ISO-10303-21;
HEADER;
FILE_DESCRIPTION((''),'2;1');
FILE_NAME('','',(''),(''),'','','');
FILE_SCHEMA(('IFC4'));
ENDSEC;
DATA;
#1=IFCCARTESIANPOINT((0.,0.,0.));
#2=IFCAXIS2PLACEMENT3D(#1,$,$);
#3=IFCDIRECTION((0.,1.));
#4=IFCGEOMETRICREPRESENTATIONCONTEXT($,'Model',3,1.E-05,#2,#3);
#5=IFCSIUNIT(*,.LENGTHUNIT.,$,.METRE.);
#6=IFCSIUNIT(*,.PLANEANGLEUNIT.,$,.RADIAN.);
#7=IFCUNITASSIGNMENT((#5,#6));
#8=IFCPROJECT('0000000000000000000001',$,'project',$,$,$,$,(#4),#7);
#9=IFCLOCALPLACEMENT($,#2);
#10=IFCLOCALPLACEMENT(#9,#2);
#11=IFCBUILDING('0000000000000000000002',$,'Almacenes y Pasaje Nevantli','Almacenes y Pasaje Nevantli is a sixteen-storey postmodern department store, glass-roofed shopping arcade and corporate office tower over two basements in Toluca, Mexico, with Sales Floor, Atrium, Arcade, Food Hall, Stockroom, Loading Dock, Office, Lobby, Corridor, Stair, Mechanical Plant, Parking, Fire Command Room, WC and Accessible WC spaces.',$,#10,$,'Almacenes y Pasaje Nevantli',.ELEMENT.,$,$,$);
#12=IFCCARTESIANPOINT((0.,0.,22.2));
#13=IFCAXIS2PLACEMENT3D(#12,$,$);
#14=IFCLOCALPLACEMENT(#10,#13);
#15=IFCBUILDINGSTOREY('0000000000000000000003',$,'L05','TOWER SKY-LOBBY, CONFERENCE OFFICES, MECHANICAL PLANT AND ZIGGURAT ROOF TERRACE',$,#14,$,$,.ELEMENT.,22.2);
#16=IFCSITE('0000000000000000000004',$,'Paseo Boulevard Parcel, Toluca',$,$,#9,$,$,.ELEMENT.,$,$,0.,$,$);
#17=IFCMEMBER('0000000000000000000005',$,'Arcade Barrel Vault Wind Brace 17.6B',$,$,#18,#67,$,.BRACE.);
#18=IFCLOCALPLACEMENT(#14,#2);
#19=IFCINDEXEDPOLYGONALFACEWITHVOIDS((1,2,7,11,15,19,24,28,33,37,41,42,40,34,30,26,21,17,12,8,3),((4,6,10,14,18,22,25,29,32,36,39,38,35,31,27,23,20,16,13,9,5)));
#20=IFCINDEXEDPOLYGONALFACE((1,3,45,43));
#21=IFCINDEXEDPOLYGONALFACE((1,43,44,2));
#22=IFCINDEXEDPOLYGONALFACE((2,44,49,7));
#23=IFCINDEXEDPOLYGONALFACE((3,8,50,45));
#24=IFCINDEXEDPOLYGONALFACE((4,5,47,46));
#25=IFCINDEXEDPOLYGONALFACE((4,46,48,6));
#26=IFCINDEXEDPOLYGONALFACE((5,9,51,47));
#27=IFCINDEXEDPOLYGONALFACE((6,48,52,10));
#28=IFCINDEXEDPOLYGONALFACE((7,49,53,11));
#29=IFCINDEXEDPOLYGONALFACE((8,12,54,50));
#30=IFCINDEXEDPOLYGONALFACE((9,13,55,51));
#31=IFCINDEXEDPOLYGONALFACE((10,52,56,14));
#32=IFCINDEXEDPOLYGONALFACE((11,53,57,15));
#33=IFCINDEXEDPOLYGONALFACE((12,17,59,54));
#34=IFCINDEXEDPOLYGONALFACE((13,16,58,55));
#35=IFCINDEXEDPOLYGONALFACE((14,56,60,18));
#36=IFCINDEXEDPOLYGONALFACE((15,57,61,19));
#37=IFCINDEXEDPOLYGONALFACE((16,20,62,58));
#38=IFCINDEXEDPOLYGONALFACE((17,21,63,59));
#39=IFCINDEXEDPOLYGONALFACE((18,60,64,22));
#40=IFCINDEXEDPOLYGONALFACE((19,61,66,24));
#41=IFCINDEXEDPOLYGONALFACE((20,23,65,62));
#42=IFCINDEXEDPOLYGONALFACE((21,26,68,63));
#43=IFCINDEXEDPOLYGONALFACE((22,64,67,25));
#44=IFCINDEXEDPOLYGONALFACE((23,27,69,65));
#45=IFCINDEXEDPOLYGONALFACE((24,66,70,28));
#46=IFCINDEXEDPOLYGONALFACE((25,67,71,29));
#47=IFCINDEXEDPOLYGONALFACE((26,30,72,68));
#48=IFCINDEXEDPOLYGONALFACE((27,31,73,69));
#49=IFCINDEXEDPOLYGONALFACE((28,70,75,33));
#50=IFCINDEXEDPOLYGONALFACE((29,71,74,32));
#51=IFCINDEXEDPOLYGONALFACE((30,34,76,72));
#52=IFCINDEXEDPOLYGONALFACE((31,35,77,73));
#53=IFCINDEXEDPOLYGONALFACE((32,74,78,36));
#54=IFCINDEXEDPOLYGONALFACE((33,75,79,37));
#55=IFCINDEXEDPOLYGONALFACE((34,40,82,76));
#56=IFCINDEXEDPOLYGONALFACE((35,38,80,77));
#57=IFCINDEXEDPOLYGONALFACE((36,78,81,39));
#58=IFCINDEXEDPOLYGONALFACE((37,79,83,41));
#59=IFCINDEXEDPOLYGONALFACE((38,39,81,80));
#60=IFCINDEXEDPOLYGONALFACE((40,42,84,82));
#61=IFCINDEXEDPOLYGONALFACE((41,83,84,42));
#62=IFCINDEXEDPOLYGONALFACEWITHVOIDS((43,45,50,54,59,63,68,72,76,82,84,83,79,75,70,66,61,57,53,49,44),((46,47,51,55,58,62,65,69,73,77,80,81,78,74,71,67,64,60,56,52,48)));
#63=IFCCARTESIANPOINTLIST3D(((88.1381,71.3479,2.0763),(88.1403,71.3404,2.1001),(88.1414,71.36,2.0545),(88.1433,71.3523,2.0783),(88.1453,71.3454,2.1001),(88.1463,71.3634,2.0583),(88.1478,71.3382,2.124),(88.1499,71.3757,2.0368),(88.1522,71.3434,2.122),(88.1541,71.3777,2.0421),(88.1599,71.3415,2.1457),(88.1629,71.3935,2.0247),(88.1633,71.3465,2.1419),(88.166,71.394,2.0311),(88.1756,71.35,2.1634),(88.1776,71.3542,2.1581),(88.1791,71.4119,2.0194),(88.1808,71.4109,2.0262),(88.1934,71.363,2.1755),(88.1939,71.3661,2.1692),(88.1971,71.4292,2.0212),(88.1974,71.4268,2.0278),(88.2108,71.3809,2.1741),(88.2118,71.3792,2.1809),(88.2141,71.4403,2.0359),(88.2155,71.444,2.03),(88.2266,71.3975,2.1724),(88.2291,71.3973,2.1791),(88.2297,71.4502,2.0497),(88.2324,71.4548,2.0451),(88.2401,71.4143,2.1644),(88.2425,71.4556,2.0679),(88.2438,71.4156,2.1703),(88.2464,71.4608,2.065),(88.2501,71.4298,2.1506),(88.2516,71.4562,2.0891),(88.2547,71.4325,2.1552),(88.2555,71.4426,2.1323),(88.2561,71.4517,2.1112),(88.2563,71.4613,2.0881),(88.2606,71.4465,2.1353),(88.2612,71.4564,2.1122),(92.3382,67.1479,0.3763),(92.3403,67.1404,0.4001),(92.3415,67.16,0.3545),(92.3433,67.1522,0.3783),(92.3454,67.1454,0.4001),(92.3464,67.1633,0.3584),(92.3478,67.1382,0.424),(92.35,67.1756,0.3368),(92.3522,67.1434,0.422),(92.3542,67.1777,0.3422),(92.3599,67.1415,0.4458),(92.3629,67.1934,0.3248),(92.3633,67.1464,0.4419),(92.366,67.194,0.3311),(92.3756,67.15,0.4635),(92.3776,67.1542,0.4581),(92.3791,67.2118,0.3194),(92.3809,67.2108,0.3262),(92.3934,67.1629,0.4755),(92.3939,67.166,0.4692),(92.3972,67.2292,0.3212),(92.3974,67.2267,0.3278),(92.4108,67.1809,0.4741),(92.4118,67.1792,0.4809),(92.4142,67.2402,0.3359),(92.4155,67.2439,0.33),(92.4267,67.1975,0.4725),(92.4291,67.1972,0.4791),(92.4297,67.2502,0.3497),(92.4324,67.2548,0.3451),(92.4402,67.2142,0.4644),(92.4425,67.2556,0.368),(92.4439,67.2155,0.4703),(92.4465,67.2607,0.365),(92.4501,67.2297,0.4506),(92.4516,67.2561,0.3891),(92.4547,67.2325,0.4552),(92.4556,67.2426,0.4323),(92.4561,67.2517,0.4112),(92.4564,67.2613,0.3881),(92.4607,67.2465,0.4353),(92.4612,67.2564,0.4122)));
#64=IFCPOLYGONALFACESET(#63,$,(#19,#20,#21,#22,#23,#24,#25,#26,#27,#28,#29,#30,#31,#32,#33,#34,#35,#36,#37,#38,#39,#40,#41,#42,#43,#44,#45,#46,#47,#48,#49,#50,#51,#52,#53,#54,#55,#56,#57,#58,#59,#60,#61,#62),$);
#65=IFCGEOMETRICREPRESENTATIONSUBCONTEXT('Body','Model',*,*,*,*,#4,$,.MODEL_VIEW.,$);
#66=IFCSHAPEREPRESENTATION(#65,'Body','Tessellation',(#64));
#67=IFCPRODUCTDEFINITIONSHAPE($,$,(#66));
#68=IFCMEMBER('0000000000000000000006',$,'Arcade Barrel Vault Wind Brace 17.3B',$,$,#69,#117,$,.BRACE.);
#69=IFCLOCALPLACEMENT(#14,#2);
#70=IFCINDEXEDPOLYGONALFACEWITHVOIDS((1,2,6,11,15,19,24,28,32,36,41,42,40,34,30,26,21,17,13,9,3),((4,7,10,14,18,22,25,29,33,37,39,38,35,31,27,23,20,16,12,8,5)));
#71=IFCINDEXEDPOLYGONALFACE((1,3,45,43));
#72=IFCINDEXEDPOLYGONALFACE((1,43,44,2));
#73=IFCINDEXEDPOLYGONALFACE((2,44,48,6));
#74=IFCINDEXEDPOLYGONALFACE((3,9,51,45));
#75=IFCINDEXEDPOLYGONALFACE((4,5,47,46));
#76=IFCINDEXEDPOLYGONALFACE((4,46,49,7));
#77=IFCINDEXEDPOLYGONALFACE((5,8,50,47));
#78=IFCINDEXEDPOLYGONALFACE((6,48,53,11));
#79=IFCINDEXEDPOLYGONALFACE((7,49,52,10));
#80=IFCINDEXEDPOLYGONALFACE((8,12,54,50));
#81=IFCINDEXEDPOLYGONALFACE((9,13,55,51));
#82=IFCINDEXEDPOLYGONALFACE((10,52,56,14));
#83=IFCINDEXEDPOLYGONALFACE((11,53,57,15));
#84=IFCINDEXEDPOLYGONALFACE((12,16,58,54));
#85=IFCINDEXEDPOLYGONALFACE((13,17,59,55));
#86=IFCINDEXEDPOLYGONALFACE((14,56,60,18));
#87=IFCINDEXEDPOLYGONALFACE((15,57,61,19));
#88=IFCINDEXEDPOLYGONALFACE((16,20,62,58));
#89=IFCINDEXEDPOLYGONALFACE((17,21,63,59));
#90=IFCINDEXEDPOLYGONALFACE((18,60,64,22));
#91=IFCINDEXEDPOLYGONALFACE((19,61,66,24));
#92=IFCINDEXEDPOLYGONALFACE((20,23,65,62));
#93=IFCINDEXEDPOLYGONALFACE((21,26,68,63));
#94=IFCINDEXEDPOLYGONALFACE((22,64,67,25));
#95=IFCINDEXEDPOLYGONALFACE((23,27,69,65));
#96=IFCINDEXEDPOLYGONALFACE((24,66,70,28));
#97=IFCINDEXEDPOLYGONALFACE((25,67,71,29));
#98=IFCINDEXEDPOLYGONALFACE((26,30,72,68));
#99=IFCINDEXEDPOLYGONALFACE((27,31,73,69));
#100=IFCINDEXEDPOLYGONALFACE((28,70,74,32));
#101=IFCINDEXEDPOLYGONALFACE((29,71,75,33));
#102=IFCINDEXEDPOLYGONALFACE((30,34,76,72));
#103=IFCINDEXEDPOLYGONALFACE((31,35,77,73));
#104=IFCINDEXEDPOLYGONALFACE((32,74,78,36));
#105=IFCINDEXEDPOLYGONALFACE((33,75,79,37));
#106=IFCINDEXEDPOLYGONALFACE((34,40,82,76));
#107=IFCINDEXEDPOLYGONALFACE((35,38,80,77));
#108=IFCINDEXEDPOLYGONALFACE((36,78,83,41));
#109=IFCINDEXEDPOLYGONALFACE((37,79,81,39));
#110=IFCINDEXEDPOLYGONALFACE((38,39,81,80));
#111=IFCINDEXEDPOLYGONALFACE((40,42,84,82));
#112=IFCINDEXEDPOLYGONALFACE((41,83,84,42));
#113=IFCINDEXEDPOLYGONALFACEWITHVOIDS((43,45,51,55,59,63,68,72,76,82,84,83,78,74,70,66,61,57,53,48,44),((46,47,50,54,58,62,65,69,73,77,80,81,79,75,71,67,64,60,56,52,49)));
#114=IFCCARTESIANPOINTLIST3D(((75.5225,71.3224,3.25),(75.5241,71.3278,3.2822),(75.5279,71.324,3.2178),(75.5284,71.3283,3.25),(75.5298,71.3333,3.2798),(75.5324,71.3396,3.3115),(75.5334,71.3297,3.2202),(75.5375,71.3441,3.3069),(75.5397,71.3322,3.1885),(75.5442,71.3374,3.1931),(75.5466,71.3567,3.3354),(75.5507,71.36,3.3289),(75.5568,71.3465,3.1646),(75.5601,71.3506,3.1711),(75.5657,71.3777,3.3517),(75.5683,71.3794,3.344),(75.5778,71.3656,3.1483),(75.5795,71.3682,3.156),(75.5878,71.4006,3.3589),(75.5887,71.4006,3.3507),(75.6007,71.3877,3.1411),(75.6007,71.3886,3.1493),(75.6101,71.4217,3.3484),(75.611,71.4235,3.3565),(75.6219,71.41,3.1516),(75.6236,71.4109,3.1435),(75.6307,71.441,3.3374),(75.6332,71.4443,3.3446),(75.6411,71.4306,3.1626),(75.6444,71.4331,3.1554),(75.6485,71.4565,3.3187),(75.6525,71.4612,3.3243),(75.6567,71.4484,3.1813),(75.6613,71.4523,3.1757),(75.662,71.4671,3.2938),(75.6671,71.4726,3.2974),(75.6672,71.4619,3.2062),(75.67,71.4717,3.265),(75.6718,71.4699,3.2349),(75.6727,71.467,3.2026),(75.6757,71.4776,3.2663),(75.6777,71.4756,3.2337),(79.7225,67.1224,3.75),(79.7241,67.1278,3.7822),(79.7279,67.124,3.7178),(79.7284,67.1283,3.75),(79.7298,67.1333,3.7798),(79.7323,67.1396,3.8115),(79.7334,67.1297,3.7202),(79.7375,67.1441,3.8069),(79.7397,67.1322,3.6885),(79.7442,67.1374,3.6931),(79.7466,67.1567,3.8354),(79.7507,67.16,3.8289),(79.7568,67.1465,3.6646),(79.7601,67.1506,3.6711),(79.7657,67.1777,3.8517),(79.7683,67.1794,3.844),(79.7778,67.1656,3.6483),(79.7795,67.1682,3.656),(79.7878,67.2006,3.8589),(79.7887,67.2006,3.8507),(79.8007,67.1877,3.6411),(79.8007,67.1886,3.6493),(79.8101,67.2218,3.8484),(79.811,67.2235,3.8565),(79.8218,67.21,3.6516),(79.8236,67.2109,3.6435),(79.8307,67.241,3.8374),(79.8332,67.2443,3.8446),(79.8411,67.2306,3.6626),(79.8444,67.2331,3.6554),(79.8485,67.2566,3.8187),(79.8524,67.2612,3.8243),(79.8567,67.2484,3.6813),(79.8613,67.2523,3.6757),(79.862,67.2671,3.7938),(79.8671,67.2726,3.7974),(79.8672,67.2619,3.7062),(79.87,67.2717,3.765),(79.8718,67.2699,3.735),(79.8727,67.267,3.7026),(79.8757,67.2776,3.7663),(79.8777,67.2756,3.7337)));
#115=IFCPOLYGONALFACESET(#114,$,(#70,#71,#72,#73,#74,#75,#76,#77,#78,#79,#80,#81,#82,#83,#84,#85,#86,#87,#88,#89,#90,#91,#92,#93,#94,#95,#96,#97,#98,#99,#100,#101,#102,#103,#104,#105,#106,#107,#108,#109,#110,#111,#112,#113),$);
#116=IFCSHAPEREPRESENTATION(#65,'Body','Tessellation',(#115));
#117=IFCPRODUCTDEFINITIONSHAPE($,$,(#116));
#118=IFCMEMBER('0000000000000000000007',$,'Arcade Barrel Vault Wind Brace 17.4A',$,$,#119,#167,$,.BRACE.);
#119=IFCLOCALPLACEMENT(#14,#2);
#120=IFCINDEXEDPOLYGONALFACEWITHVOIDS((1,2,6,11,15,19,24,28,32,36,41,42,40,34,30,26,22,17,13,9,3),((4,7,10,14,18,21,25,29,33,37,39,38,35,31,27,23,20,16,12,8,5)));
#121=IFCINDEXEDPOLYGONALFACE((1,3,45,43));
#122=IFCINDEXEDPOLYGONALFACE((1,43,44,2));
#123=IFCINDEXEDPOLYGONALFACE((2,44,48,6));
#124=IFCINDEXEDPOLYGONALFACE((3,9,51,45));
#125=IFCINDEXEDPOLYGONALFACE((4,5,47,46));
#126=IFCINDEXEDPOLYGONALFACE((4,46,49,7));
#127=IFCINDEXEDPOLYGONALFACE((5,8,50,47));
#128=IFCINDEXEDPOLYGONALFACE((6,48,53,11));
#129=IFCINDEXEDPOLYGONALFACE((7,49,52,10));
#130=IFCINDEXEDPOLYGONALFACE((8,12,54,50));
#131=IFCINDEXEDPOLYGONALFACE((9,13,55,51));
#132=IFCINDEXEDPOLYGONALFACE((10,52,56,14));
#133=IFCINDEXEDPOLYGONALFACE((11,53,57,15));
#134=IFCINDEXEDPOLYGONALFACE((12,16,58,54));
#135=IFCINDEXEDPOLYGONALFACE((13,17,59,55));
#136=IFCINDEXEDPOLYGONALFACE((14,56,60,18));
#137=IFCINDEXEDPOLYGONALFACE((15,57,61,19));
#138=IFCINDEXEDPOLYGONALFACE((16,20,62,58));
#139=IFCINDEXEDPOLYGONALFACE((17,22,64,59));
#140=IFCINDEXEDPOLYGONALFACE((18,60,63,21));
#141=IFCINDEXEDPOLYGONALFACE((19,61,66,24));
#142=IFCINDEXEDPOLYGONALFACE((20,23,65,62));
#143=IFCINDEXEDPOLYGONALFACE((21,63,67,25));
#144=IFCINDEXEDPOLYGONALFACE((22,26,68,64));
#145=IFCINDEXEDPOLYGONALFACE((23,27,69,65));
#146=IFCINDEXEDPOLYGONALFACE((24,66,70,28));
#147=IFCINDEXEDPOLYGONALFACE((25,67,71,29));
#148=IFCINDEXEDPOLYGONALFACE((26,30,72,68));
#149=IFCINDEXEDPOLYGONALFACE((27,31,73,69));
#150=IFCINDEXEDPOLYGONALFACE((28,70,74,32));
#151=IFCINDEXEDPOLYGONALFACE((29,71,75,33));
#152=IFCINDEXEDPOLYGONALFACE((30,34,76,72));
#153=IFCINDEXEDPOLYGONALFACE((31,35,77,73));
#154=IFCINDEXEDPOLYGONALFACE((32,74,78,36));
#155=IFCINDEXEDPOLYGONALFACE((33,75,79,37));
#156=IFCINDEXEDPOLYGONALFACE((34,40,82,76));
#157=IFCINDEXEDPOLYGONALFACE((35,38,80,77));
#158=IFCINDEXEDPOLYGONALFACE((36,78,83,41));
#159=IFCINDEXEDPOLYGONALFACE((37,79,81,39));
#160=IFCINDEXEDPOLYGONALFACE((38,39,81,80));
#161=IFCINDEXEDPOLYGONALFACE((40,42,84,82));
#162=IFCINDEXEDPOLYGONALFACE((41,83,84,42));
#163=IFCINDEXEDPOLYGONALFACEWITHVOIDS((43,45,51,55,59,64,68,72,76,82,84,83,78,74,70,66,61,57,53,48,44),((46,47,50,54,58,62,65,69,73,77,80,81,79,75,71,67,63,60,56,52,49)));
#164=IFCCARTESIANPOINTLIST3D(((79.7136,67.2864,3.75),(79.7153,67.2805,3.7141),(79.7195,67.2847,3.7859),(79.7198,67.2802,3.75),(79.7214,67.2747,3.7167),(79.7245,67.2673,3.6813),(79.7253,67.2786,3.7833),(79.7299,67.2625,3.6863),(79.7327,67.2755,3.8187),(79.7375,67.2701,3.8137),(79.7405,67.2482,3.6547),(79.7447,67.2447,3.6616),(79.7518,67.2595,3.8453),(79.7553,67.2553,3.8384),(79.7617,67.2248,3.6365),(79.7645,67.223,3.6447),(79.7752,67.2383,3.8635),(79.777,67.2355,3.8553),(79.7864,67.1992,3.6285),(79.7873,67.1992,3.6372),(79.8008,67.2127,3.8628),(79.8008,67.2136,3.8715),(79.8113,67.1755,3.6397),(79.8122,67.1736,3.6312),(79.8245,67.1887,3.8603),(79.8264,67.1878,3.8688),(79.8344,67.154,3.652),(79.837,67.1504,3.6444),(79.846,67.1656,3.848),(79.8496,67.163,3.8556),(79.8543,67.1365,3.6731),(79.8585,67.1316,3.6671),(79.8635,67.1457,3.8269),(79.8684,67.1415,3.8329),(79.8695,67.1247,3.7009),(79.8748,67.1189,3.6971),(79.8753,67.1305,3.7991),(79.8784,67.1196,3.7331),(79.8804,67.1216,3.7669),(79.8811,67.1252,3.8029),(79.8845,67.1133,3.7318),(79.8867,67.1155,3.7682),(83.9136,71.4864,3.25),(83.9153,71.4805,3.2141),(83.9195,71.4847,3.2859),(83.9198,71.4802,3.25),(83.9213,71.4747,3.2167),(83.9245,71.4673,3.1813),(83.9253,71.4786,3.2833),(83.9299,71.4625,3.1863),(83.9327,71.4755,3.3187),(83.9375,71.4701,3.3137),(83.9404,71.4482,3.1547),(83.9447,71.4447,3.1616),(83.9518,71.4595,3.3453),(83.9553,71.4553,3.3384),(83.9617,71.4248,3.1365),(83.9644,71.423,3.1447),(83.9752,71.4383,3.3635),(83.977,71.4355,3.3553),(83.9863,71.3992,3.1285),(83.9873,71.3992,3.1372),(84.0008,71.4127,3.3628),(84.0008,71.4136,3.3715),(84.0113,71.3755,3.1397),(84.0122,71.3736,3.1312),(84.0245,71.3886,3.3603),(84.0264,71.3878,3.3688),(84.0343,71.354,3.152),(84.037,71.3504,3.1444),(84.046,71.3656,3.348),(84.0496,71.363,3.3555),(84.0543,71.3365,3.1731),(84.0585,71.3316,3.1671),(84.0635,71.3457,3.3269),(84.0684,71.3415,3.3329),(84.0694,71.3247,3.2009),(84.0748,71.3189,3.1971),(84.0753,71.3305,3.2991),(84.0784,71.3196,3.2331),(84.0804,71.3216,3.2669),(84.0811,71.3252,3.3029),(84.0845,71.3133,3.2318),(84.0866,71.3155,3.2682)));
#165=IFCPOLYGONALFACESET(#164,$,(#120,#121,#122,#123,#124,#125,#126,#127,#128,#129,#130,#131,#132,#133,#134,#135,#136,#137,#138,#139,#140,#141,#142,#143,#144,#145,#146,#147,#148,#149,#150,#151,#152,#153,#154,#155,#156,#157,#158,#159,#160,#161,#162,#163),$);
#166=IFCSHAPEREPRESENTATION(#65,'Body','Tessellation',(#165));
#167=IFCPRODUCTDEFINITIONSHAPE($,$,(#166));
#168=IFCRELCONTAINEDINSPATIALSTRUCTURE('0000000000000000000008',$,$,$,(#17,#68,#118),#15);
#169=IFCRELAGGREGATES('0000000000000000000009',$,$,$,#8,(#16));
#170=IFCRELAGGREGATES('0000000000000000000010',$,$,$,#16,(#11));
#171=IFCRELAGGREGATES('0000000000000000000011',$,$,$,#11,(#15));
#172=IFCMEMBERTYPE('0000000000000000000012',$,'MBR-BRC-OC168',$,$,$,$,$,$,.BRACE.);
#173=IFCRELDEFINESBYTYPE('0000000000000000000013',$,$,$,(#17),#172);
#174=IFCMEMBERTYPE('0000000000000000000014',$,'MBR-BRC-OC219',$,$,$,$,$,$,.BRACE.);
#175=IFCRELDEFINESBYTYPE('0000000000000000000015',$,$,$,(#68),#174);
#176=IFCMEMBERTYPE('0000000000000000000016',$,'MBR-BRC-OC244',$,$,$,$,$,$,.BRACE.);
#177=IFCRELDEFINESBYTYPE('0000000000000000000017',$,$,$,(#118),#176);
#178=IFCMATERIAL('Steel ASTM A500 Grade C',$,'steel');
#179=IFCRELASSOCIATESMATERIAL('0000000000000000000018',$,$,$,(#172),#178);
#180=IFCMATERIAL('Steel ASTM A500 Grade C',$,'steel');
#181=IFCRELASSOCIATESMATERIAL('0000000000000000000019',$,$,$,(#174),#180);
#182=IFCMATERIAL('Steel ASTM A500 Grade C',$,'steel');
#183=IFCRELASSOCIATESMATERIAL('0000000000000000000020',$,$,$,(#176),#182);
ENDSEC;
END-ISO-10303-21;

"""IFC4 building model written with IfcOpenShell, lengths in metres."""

from ifc_helpers import new_model, si_unit, direction, frame, origin, origin_2d, place, context, subcontext, project, spatial, hollow_circle, extrude, material, material_profile, profile_set, type_object, element, save


model = new_model("IFC4")

# Units and contexts
model_context = context("Model", 3, precision=1e-05, world=origin(), true_north=direction((0.0, 1.0)))
body_context = subcontext(model_context, "Body", "Model", "MODEL_VIEW")
ifc_project = project(units=[si_unit("LENGTHUNIT", "METRE"), si_unit("PLANEANGLEUNIT", "RADIAN")], contexts=[model_context])

# Site, building, storey
site_placement = place(None, origin())
site = spatial("IfcSite", under=ifc_project, at=site_placement, Name="Paseo Boulevard Parcel, Toluca", CompositionType="ELEMENT", RefElevation=0.0)
building_placement = place(site_placement, origin())
building = spatial("IfcBuilding", under=site, at=building_placement, Name="Almacenes y Pasaje Nevantli", Description="Almacenes y Pasaje Nevantli is a sixteen-storey postmodern department store, glass-roofed shopping arcade and corporate office tower over two basements in Toluca, Mexico, with Sales Floor, Atrium, Arcade, Food Hall, Stockroom, Loading Dock, Office, Lobby, Corridor, Stair, Mechanical Plant, Parking, Fire Command Room, WC and Accessible WC spaces.", LongName="Almacenes y Pasaje Nevantli", CompositionType="ELEMENT")
storey_placement = place(building_placement, frame((0.0, 0.0, 22.2)))
storey = spatial("IfcBuildingStorey", under=building, at=storey_placement, Name="L05", Description="TOWER SKY-LOBBY, CONFERENCE OFFICES, MECHANICAL PLANT AND ZIGGURAT ROOF TERRACE", CompositionType="ELEMENT", Elevation=22.2)

# Members
ifc_material_1 = material(Name="Steel ASTM A500 Grade C", Category="steel")
ifc_material_profile_1 = material_profile(ifc_material_1, hollow_circle(Radius=0.0842, WallThickness=0.0071, at=origin_2d()), Name="OC 168x7.1")
ifc_profile_set_1 = profile_set([ifc_material_profile_1], Name="Steel ASTM A500 Grade C")
member_type_1 = type_object("IfcMemberType", Name="MBR-BRC-OC168", PredefinedType="BRACE", material=ifc_profile_set_1)
for number, where, z_axis, x_axis, name in (
    (1, (92.3999, 67.2, 0.4001), (-0.679812, 0.679812, 0.275157), (-0.707107, -0.707107, 0.0), "Arcade Barrel Vault Wind Brace 17.6B"),
):
    element("IfcMember", number, at=place(storey_placement, frame(where, z_axis=z_axis, x_axis=x_axis)), inside=storey, type_object=member_type_1, Name=name, PredefinedType="BRACE", context=body_context, shape_type="SweptSolid", body=[
        extrude(hollow_circle(Radius=0.0842, WallThickness=0.0071, at=origin_2d()), origin(), (0.0, 0.0, 1.0), 6.1782),
    ])
ifc_material_2 = material(Name="Steel ASTM A500 Grade C", Category="steel")
ifc_material_profile_2 = material_profile(ifc_material_2, hollow_circle(Radius=0.1096, WallThickness=0.0083, at=origin_2d()), Name="OC 219x8.2")
ifc_profile_set_2 = profile_set([ifc_material_profile_2], Name="Steel ASTM A500 Grade C")
member_type_2 = type_object("IfcMemberType", Name="MBR-BRC-OC219", PredefinedType="BRACE", material=ifc_profile_set_2)
member_1_placement = place(storey_placement, frame((79.8, 67.2, 3.75), z_axis=(-0.704615, 0.704615, -0.083884), x_axis=(-0.707107, -0.707107, 0.0)))
element("IfcMember", 2, at=member_1_placement, inside=storey, type_object=member_type_2, Name="Arcade Barrel Vault Wind Brace 17.3B", PredefinedType="BRACE", context=body_context, shape_type="SweptSolid", body=[
    extrude(hollow_circle(Radius=0.1096, WallThickness=0.0083, at=origin_2d()), origin(), (0.0, 0.0, 1.0), 5.9607),
])
ifc_material_3 = material(Name="Steel ASTM A500 Grade C", Category="steel")
ifc_material_profile_3 = material_profile(ifc_material_3, hollow_circle(Radius=0.1223, WallThickness=0.0088, at=origin_2d()), Name="OC 244x8.9")
ifc_profile_set_3 = profile_set([ifc_material_profile_3], Name="Steel ASTM A500 Grade C")
member_type_3 = type_object("IfcMemberType", Name="MBR-BRC-OC244", PredefinedType="BRACE", material=ifc_profile_set_3)
for number, where, z_axis, x_axis, name in (
    (3, (79.8, 67.2, 3.75), (0.704615, 0.704615, -0.083884), (-0.707107, 0.707107, 0.0), "Arcade Barrel Vault Wind Brace 17.4A"),
):
    element("IfcMember", number, at=place(storey_placement, frame(where, z_axis=z_axis, x_axis=x_axis)), inside=storey, type_object=member_type_3, Name=name, PredefinedType="BRACE", context=body_context, shape_type="SweptSolid", body=[
        extrude(hollow_circle(Radius=0.1223, WallThickness=0.0088, at=origin_2d()), origin(), (0.0, 0.0, 1.0), 5.9607),
    ])

save(model, "model.ifc")
